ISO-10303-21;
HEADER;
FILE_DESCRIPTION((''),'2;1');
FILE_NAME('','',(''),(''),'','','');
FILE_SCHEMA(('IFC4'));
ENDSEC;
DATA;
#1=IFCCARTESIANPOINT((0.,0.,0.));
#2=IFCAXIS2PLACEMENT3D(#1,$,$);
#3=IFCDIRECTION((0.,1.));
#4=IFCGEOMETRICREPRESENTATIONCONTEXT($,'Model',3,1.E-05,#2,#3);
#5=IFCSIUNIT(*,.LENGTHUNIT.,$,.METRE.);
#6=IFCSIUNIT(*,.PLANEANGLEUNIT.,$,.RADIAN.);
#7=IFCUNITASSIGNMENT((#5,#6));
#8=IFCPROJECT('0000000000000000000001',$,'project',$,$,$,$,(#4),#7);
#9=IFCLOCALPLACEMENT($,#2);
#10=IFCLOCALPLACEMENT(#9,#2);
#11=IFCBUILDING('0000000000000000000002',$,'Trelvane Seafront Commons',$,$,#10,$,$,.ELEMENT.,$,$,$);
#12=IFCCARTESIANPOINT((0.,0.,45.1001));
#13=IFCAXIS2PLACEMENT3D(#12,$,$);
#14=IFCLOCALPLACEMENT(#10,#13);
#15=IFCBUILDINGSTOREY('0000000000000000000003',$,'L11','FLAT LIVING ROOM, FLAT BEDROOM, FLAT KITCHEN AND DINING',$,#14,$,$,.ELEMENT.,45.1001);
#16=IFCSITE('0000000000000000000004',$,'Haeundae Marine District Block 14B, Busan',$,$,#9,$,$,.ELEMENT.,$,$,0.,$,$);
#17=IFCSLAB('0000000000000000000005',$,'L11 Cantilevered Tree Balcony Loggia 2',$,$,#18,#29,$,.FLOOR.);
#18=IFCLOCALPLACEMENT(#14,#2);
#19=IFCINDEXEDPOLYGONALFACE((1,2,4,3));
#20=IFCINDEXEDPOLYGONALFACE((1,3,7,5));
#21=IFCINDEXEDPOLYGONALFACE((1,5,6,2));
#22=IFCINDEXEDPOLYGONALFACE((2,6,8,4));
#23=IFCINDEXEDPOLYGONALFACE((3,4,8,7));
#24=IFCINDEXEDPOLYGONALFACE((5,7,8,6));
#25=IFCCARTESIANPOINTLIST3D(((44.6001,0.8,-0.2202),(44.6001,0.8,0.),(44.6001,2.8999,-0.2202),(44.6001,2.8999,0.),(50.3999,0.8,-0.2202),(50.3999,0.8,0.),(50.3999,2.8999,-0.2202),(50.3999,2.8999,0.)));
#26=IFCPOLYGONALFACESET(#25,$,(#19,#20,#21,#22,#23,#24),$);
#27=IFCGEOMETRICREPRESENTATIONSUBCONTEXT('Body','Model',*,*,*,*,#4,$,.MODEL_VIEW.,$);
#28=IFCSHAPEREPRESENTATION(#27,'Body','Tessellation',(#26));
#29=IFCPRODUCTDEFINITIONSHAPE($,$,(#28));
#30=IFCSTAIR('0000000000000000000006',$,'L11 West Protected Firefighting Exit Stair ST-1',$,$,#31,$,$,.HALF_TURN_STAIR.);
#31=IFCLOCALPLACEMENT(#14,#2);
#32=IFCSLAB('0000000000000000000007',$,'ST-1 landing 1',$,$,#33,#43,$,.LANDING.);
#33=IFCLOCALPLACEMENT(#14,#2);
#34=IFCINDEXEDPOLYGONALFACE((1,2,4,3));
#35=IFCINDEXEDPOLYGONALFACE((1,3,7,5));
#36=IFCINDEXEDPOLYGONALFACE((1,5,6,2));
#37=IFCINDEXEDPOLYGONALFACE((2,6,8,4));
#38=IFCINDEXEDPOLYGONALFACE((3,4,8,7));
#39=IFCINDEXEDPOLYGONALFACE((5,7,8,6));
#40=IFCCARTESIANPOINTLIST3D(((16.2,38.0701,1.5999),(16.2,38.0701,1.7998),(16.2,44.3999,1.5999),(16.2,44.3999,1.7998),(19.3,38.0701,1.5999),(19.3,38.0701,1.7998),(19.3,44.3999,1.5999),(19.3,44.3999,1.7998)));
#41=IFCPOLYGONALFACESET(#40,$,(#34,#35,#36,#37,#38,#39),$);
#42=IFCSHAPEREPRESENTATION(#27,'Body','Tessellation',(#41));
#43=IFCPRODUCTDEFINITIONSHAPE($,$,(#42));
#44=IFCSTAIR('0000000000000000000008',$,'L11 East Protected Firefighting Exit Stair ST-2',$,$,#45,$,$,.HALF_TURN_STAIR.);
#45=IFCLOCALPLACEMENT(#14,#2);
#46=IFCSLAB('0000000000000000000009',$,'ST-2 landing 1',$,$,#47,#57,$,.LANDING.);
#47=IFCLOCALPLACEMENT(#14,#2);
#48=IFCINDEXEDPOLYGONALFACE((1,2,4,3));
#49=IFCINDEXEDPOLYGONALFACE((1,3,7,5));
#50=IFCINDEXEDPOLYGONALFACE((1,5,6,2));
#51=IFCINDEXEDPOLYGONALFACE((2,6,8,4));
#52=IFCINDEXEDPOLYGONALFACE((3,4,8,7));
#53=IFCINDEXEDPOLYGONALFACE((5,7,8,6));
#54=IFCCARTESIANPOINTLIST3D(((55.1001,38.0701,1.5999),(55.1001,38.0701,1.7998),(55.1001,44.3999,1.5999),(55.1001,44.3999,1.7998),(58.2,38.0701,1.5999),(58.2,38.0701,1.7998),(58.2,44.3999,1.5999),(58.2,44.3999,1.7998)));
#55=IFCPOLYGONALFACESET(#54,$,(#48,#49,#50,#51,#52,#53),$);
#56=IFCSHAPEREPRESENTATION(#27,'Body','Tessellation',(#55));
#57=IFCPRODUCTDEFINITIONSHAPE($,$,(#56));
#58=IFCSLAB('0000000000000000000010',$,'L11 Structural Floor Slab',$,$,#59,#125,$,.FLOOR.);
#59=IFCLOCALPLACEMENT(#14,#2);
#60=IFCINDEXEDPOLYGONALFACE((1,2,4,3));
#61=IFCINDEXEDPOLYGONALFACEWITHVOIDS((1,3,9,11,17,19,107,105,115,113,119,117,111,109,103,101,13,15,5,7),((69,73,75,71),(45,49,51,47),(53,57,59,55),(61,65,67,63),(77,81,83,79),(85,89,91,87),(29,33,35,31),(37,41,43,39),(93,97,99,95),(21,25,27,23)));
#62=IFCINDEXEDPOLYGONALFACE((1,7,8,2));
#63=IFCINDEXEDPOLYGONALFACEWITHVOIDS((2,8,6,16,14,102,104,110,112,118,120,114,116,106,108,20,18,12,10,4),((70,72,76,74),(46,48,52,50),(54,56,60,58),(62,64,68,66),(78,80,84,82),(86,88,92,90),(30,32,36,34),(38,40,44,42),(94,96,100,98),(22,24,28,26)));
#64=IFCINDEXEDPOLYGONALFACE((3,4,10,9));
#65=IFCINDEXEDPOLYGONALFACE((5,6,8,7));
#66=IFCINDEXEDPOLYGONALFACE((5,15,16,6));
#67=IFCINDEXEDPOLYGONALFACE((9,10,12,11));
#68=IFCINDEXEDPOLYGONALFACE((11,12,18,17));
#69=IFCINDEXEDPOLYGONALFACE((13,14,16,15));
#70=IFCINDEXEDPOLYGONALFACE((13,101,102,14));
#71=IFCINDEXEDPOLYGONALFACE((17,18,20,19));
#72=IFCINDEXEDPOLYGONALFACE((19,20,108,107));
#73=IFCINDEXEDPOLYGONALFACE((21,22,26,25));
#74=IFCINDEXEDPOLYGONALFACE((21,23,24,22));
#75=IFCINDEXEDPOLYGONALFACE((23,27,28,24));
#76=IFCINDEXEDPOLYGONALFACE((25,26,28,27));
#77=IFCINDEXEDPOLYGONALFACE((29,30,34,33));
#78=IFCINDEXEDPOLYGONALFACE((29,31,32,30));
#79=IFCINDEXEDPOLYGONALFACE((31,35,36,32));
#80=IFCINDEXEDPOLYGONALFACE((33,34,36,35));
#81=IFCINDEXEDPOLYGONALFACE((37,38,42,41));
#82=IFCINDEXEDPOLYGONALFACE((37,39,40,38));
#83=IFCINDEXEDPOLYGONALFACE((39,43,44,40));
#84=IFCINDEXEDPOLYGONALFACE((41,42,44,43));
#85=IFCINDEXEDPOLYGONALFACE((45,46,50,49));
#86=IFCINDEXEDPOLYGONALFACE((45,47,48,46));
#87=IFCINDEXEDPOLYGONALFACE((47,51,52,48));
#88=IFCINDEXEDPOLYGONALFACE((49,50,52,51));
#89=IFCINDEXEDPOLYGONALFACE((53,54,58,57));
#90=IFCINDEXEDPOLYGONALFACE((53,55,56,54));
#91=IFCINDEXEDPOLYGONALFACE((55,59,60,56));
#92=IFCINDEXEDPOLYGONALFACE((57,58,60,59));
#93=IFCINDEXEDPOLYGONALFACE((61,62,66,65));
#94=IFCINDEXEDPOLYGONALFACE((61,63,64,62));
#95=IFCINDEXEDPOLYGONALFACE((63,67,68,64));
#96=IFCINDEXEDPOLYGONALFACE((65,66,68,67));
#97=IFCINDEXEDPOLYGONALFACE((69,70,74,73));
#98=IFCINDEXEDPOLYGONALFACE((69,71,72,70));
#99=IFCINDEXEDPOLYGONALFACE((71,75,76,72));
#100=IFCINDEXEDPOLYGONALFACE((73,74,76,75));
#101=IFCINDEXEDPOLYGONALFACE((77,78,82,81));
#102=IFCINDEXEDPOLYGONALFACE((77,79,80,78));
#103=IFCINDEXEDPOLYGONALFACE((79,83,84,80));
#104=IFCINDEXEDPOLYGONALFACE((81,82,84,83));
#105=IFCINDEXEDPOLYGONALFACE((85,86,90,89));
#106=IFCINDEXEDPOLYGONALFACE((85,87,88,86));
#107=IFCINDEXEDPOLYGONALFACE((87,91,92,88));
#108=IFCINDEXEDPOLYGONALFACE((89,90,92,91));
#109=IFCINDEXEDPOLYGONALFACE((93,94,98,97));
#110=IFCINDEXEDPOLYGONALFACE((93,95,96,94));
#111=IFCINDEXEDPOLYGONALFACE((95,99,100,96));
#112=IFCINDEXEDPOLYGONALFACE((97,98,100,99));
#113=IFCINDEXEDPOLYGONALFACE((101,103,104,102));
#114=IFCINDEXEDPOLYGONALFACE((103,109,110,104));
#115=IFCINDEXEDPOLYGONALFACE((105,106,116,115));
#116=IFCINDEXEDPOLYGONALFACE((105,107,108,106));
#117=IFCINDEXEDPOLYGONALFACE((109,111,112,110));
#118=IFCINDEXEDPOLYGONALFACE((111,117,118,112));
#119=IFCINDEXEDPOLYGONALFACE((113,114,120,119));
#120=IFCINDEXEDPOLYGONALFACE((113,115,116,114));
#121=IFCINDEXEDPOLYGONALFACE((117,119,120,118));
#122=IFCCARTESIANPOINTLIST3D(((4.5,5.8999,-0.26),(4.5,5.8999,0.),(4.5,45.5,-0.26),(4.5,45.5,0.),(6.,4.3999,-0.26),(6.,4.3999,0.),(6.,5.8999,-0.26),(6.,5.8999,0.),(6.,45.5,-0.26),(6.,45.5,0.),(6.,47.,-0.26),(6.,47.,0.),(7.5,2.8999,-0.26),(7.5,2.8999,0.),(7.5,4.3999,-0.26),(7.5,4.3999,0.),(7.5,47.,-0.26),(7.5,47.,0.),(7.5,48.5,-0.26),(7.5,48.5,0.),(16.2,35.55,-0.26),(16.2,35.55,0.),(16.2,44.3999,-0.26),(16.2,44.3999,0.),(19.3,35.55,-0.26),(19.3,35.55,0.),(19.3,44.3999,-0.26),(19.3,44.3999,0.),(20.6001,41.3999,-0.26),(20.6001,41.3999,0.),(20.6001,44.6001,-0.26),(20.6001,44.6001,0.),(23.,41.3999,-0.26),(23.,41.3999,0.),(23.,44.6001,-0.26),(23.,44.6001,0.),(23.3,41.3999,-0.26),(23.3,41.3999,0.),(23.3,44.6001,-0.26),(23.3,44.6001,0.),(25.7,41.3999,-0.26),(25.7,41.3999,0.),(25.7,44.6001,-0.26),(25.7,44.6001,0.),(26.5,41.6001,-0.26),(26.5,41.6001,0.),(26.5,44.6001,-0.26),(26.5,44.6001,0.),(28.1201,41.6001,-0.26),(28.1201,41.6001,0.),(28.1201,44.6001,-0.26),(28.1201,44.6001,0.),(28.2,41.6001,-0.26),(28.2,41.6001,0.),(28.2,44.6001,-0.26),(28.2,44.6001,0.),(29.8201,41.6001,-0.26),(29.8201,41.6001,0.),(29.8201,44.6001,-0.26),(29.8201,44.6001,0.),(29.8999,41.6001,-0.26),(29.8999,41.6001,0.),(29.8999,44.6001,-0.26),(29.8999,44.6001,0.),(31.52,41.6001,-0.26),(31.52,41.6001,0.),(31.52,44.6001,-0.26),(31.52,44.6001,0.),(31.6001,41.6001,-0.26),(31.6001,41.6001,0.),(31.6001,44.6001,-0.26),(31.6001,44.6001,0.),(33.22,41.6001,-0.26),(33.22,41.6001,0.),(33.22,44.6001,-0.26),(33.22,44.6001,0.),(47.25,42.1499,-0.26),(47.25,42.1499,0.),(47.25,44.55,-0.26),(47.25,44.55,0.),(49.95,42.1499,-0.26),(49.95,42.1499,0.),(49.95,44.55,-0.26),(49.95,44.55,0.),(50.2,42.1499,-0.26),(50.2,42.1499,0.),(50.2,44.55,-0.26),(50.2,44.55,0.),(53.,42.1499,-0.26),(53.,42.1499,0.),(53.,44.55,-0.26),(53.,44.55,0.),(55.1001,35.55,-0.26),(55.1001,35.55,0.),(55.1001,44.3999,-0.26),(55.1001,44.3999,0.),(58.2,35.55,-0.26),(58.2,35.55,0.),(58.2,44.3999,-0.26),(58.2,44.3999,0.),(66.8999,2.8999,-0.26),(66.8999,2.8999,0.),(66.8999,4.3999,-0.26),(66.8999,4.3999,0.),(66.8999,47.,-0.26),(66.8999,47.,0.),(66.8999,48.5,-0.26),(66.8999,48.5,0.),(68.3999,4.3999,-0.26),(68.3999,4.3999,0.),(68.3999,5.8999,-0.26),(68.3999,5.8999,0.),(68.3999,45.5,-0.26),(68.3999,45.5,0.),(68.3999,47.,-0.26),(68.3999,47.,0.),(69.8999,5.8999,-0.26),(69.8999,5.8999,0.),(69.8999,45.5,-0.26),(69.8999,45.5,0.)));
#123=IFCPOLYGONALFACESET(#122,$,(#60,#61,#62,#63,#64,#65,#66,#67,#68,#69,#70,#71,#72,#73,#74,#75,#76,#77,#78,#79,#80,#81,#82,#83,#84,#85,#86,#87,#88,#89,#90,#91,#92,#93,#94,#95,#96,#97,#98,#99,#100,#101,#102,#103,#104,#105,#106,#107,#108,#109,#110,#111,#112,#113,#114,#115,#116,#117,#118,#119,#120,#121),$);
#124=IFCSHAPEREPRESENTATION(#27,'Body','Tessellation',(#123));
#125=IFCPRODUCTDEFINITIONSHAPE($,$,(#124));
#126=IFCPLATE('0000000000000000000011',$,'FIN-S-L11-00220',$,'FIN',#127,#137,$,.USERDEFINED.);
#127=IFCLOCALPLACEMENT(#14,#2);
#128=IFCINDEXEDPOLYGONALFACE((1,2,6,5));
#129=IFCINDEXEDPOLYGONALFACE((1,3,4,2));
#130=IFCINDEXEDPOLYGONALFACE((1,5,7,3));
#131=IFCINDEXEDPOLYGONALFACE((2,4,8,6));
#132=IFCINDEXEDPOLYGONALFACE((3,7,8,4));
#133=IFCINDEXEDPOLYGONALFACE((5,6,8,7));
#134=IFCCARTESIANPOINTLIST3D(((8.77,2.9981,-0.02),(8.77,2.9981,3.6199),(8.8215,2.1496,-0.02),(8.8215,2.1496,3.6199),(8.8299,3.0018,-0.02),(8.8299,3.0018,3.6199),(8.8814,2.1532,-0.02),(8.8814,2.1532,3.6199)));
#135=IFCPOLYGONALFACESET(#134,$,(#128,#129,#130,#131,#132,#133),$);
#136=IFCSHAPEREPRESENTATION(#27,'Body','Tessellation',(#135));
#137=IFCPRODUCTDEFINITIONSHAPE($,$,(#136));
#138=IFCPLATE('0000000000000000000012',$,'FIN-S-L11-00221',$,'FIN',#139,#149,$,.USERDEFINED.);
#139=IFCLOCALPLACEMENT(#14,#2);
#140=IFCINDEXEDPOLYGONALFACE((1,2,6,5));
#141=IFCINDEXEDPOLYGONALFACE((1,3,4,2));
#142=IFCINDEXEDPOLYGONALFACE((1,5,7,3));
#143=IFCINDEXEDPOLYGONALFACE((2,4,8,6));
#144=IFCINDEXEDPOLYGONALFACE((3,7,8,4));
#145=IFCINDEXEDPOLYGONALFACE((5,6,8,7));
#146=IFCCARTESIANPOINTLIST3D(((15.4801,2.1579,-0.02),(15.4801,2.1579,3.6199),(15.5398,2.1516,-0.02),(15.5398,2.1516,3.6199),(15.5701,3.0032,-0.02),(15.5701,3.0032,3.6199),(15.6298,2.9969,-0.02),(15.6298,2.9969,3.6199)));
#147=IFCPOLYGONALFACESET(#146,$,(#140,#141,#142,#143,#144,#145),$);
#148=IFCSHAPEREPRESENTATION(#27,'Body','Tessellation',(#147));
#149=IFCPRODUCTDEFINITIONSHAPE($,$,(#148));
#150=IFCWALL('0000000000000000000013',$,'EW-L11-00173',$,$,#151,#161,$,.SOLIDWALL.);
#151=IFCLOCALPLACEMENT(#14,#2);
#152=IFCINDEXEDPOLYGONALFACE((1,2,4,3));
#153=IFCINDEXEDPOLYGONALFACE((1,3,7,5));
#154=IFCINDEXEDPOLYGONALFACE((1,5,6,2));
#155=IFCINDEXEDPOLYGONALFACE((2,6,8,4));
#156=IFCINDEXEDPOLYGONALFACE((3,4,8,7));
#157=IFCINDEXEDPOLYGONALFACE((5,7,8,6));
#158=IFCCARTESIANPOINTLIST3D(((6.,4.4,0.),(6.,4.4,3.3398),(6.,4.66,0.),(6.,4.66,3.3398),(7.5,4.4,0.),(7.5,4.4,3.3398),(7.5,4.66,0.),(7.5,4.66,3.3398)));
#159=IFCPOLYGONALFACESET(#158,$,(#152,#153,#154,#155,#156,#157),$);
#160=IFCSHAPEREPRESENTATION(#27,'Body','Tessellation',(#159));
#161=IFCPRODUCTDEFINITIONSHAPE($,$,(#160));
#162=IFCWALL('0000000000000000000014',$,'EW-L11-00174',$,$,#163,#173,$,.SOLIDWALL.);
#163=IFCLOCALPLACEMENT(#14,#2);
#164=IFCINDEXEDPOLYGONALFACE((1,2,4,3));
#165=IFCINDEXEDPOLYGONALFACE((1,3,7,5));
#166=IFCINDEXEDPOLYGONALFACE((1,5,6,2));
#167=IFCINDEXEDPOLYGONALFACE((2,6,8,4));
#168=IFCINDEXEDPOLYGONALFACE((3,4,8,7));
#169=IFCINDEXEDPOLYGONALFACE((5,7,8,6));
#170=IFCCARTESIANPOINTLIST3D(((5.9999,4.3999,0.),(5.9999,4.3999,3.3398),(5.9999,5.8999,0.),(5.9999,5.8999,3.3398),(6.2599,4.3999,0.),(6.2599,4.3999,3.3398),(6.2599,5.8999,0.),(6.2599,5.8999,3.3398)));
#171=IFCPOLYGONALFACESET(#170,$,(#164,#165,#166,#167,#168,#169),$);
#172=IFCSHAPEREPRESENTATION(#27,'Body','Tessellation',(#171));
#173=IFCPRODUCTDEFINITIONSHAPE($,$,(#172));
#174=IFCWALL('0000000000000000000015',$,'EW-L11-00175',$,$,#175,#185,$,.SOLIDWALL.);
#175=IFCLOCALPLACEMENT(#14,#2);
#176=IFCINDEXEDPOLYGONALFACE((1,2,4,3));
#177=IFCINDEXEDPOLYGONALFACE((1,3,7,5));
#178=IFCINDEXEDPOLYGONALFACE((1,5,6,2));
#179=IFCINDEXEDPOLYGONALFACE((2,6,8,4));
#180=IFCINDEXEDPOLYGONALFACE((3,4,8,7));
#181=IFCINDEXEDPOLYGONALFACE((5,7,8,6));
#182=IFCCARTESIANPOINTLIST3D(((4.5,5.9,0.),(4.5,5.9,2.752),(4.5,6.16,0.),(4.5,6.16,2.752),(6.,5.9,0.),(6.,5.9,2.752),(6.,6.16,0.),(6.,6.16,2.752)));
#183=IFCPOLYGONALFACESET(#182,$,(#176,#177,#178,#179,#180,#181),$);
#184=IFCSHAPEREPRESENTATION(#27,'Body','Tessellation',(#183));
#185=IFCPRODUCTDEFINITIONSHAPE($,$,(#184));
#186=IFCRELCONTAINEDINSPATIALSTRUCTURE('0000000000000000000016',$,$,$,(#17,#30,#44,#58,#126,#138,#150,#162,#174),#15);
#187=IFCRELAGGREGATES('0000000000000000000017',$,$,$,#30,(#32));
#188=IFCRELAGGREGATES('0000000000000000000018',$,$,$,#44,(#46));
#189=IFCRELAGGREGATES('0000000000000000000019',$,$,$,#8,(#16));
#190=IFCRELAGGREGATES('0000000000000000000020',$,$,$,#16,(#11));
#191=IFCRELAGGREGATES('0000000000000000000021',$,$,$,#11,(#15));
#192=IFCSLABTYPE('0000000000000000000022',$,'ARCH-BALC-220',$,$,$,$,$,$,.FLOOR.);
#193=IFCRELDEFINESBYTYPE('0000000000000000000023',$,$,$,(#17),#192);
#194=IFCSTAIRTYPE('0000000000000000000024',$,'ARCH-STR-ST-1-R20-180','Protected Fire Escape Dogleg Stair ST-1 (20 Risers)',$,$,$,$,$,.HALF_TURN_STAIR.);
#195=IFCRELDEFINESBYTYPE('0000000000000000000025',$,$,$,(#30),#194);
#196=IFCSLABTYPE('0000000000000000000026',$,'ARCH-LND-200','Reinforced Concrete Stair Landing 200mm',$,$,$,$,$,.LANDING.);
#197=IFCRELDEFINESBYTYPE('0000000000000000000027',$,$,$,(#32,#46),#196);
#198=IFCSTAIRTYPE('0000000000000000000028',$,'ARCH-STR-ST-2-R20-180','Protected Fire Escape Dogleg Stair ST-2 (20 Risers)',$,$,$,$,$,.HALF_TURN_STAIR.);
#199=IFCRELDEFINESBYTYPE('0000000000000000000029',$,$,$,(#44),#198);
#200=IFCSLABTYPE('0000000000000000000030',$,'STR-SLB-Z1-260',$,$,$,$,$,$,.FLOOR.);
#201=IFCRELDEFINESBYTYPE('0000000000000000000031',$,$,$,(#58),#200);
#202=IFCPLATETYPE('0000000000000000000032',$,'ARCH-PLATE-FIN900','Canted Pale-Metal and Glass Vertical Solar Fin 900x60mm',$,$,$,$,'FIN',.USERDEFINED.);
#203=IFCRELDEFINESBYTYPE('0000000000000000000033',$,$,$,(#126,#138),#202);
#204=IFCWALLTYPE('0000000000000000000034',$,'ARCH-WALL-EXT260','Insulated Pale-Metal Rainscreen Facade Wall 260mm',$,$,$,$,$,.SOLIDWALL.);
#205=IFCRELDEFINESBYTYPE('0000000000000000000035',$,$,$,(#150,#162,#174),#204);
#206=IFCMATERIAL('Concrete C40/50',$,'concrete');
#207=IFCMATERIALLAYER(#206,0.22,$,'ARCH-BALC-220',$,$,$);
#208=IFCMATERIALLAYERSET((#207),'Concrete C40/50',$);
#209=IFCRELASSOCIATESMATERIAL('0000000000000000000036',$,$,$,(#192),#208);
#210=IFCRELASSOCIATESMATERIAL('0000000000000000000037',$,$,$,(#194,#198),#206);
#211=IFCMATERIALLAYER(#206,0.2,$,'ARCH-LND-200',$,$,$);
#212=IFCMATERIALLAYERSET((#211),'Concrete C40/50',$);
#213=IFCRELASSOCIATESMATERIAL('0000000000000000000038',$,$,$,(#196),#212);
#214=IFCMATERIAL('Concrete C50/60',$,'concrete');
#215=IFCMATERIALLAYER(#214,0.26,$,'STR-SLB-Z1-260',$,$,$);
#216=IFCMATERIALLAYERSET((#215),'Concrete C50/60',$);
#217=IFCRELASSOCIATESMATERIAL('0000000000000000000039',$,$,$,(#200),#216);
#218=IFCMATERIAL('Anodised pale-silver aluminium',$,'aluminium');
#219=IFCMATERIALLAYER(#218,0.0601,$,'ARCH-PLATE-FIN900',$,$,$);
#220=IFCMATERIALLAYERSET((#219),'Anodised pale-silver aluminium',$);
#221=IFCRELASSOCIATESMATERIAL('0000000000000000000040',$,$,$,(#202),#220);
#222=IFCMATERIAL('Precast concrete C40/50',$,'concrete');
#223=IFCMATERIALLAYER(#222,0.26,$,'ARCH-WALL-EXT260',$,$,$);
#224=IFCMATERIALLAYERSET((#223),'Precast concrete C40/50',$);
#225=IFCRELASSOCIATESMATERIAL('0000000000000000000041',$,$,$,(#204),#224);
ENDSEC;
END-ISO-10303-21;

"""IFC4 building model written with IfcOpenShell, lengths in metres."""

from ifc_helpers import new_model, si_unit, direction, frame, frame_2d, origin, origin_2d, place, context, subcontext, project, spatial, polyline, rectangle, outline, extrude, source, transform, mapped, material, layer, layer_set, type_object, element, aggregate, save


model = new_model("IFC4")

# Units and contexts
model_context = context("Model", 3, precision=1e-05, world=origin(), true_north=direction((0.0, 1.0)))
body_context = subcontext(model_context, "Body", "Model", "MODEL_VIEW")
ifc_project = project(units=[si_unit("LENGTHUNIT", "METRE"), si_unit("PLANEANGLEUNIT", "RADIAN")], contexts=[model_context])

# Site, building, storey
site_placement = place(None, origin())
site = spatial("IfcSite", under=ifc_project, at=site_placement, Name="Haeundae Marine District Block 14B, Busan", CompositionType="ELEMENT", RefElevation=0.0)
building_placement = place(site_placement, origin())
building = spatial("IfcBuilding", under=site, at=building_placement, Name="Trelvane Seafront Commons", CompositionType="ELEMENT")
storey_placement = place(building_placement, frame((0.0, 0.0, 45.1001)))
storey = spatial("IfcBuildingStorey", under=building, at=storey_placement, Name="L11", Description="FLAT LIVING ROOM, FLAT BEDROOM, FLAT KITCHEN AND DINING", CompositionType="ELEMENT", Elevation=45.1001)

# Slab
ifc_material_1 = material(Name="Concrete C40/50", Category="concrete")
ifc_layer_1 = layer(ifc_material_1, 0.22, Name="ARCH-BALC-220")
ifc_layer_set_1 = layer_set([ifc_layer_1], Name="Concrete C40/50")
slab_type_1 = type_object("IfcSlabType", Name="ARCH-BALC-220", PredefinedType="FLOOR", material=ifc_layer_set_1)
slab_1_placement = place(storey_placement, frame((0.0, 0.0, -0.2202)))
element("IfcSlab", 1, at=slab_1_placement, inside=storey, type_object=slab_type_1, Name="L11 Cantilevered Tree Balcony Loggia 2", PredefinedType="FLOOR", context=body_context, shape_type="SweptSolid", body=[
    extrude(outline(polyline([(44.6001, 0.8), (50.3999, 0.8), (50.3999, 2.8999), (44.6001, 2.8999), (44.6001, 0.8)])), origin(), (0.0, 0.0, 1.0), 0.2202),
])

# Stairs, slabs
stair_type_1 = type_object("IfcStairType", Name="ARCH-STR-ST-1-R20-180", Description="Protected Fire Escape Dogleg Stair ST-1 (20 Risers)", PredefinedType="HALF_TURN_STAIR", material=ifc_material_1)
stair_1_placement = place(storey_placement, origin())
stair_1 = element("IfcStair", 2, at=stair_1_placement, inside=storey, type_object=stair_type_1, Name="L11 West Protected Firefighting Exit Stair ST-1", PredefinedType="HALF_TURN_STAIR")
ifc_layer_2 = layer(ifc_material_1, 0.2, Name="ARCH-LND-200")
ifc_layer_set_2 = layer_set([ifc_layer_2], Name="Concrete C40/50")
slab_type_2 = type_object("IfcSlabType", Name="ARCH-LND-200", Description="Reinforced Concrete Stair Landing 200mm", PredefinedType="LANDING", material=ifc_layer_set_2)
slab_2_placement = place(storey_placement, frame((0.0, 0.0, 1.5999)))
slab_2 = element("IfcSlab", 3, at=slab_2_placement, type_object=slab_type_2, Name="ST-1 landing 1", PredefinedType="LANDING", context=body_context, shape_type="SweptSolid", body=[
    extrude(outline(polyline([(19.3, 38.0701), (19.3, 44.3999), (16.2, 44.3999), (16.2, 38.0701), (19.3, 38.0701)])), origin(), (0.0, 0.0, 1.0), 0.2),
])
aggregate(stair_1, [slab_2])
stair_type_2 = type_object("IfcStairType", Name="ARCH-STR-ST-2-R20-180", Description="Protected Fire Escape Dogleg Stair ST-2 (20 Risers)", PredefinedType="HALF_TURN_STAIR", material=ifc_material_1)
stair_2_placement = place(storey_placement, origin())
stair_2 = element("IfcStair", 4, at=stair_2_placement, inside=storey, type_object=stair_type_2, Name="L11 East Protected Firefighting Exit Stair ST-2", PredefinedType="HALF_TURN_STAIR")
slab_3_placement = place(storey_placement, frame((0.0, 0.0, 1.5999)))
slab_3 = element("IfcSlab", 5, at=slab_3_placement, type_object=slab_type_2, Name="ST-2 landing 1", PredefinedType="LANDING", context=body_context, shape_type="SweptSolid", body=[
    extrude(outline(polyline([(58.2, 38.0701), (58.2, 44.3999), (55.1001, 44.3999), (55.1001, 38.0701), (58.2, 38.0701)])), origin(), (0.0, 0.0, 1.0), 0.2),
])
aggregate(stair_2, [slab_3])

# Slab
ifc_material_2 = material(Name="Concrete C50/60", Category="concrete")
ifc_layer_3 = layer(ifc_material_2, 0.26, Name="STR-SLB-Z1-260")
ifc_layer_set_3 = layer_set([ifc_layer_3], Name="Concrete C50/60")
slab_type_3 = type_object("IfcSlabType", Name="STR-SLB-Z1-260", PredefinedType="FLOOR", material=ifc_layer_set_3)
slab_4_placement = place(storey_placement, frame((0.0, 0.0, -0.26)))
element("IfcSlab", 6, at=slab_4_placement, inside=storey, type_object=slab_type_3, Name="L11 Structural Floor Slab", PredefinedType="FLOOR", context=body_context, shape_type="SweptSolid", body=[
    extrude(outline(polyline([(7.5, 2.8999), (66.8999, 2.8999), (66.8999, 4.3999), (68.3999, 4.3999), (68.3999, 5.8999), (69.8999, 5.8999), (69.8999, 45.5), (68.3999, 45.5), (68.3999, 47.0), (66.8999, 47.0), (66.8999, 48.5), (7.5, 48.5), (7.5, 47.0), (6.0, 47.0), (6.0, 45.5), (4.5, 45.5), (4.5, 5.8999), (6.0, 5.8999), (6.0, 4.3999), (7.5, 4.3999), (7.5, 2.8999)]), holes=[polyline([(19.3, 35.55), (16.2, 35.55), (16.2, 44.3999), (19.3, 44.3999), (19.3, 35.55)]), polyline([(58.2, 35.55), (55.1001, 35.55), (55.1001, 44.3999), (58.2, 44.3999), (58.2, 35.55)]), polyline([(23.0, 41.3999), (20.6001, 41.3999), (20.6001, 44.6001), (23.0, 44.6001), (23.0, 41.3999)]), polyline([(23.3, 41.3999), (23.3, 44.6001), (25.7, 44.6001), (25.7, 41.3999), (23.3, 41.3999)]), polyline([(26.5, 41.6001), (26.5, 44.6001), (28.1201, 44.6001), (28.1201, 41.6001), (26.5, 41.6001)]), polyline([(29.8201, 41.6001), (28.2, 41.6001), (28.2, 44.6001), (29.8201, 44.6001), (29.8201, 41.6001)]), polyline([(31.52, 41.6001), (29.8999, 41.6001), (29.8999, 44.6001), (31.52, 44.6001), (31.52, 41.6001)]), polyline([(33.22, 41.6001), (31.6001, 41.6001), (31.6001, 44.6001), (33.22, 44.6001), (33.22, 41.6001)]), polyline([(47.25, 42.1499), (47.25, 44.55), (49.95, 44.55), (49.95, 42.1499), (47.25, 42.1499)]), polyline([(50.2, 42.1499), (50.2, 44.55), (53.0, 44.55), (53.0, 42.1499), (50.2, 42.1499)])]), origin(), (0.0, 0.0, 1.0), 0.26),
])

# Plates
ifc_material_3 = material(Name="Anodised pale-silver aluminium", Category="aluminium")
ifc_layer_4 = layer(ifc_material_3, 0.0601, Name="ARCH-PLATE-FIN900")
ifc_layer_set_4 = layer_set([ifc_layer_4], Name="Anodised pale-silver aluminium")
plate_type = type_object("IfcPlateType", Name="ARCH-PLATE-FIN900", Description="Canted Pale-Metal and Glass Vertical Solar Fin 900x60mm", ElementType="FIN", PredefinedType="USERDEFINED", material=ifc_layer_set_4)
shared_shape_1 = source(origin(), body_context, "Body", "SweptSolid", [
    extrude(rectangle(XDim=0.8501, YDim=0.0601, at=origin_2d()), origin(), (0.0, 0.0, 1.0), 3.6399),
])
for number, where, z_axis, x_axis, name in (
    (7, (8.8257, 2.5757, -0.02), (0.0, 0.0, 1.0), (0.06059, -0.998163, 0.0), "FIN-S-L11-00220"),
    (8, (15.5549, 2.5774, -0.02), (0.0, 0.0, 1.0), (-0.105886, -0.994378, 0.0), "FIN-S-L11-00221"),
):
    element("IfcPlate", number, at=place(storey_placement, frame(where, z_axis=z_axis, x_axis=x_axis)), inside=storey, type_object=plate_type, Name=name, ObjectType="FIN", PredefinedType="USERDEFINED", context=body_context, shape_type="MappedRepresentation", body=[
        mapped(shared_shape_1, transform((0.0, 0.0, 0.0), x_axis=(1.0, 0.0, 0.0), y_axis=(0.0, 1.0, 0.0), z_axis=(0.0, 0.0, 1.0), scale=1.0)),
    ])

# Walls
ifc_material_4 = material(Name="Precast concrete C40/50", Category="concrete")
ifc_layer_5 = layer(ifc_material_4, 0.26, Name="ARCH-WALL-EXT260")
ifc_layer_set_5 = layer_set([ifc_layer_5], Name="Precast concrete C40/50")
wall_type_1 = type_object("IfcWallType", Name="ARCH-WALL-EXT260", Description="Insulated Pale-Metal Rainscreen Facade Wall 260mm", PredefinedType="SOLIDWALL", material=ifc_layer_set_5)
for number, where, z_axis, x_axis, name in (
    (9, (7.5, 4.53, 0.0), (0.0, 0.0, 1.0), (-1.0, 0.0, 0.0), "EW-L11-00173"),
    (10, (6.1299, 4.3999, 0.0), (0.0, 0.0, 1.0), (0.0, 1.0, 0.0), "EW-L11-00174"),
):
    element("IfcWall", number, at=place(storey_placement, frame(where, z_axis=z_axis, x_axis=x_axis)), inside=storey, type_object=wall_type_1, Name=name, PredefinedType="SOLIDWALL", context=body_context, shape_type="SweptSolid", body=[
        extrude(rectangle(XDim=1.5, YDim=0.26, at=frame_2d((0.75, 0.0))), origin(), (0.0, 0.0, 1.0), 3.3398),
    ])
wall_1_placement = place(storey_placement, frame((6.0, 6.03, 0.0), z_axis=(0.0, 0.0, 1.0), x_axis=(-1.0, 0.0, 0.0)))
element("IfcWall", 11, at=wall_1_placement, inside=storey, type_object=wall_type_1, Name="EW-L11-00175", PredefinedType="SOLIDWALL", context=body_context, shape_type="SweptSolid", body=[
    extrude(rectangle(XDim=1.5, YDim=0.26, at=frame_2d((0.75, 0.0))), origin(), (0.0, 0.0, 1.0), 2.752),
])

save(model, "model.ifc")
